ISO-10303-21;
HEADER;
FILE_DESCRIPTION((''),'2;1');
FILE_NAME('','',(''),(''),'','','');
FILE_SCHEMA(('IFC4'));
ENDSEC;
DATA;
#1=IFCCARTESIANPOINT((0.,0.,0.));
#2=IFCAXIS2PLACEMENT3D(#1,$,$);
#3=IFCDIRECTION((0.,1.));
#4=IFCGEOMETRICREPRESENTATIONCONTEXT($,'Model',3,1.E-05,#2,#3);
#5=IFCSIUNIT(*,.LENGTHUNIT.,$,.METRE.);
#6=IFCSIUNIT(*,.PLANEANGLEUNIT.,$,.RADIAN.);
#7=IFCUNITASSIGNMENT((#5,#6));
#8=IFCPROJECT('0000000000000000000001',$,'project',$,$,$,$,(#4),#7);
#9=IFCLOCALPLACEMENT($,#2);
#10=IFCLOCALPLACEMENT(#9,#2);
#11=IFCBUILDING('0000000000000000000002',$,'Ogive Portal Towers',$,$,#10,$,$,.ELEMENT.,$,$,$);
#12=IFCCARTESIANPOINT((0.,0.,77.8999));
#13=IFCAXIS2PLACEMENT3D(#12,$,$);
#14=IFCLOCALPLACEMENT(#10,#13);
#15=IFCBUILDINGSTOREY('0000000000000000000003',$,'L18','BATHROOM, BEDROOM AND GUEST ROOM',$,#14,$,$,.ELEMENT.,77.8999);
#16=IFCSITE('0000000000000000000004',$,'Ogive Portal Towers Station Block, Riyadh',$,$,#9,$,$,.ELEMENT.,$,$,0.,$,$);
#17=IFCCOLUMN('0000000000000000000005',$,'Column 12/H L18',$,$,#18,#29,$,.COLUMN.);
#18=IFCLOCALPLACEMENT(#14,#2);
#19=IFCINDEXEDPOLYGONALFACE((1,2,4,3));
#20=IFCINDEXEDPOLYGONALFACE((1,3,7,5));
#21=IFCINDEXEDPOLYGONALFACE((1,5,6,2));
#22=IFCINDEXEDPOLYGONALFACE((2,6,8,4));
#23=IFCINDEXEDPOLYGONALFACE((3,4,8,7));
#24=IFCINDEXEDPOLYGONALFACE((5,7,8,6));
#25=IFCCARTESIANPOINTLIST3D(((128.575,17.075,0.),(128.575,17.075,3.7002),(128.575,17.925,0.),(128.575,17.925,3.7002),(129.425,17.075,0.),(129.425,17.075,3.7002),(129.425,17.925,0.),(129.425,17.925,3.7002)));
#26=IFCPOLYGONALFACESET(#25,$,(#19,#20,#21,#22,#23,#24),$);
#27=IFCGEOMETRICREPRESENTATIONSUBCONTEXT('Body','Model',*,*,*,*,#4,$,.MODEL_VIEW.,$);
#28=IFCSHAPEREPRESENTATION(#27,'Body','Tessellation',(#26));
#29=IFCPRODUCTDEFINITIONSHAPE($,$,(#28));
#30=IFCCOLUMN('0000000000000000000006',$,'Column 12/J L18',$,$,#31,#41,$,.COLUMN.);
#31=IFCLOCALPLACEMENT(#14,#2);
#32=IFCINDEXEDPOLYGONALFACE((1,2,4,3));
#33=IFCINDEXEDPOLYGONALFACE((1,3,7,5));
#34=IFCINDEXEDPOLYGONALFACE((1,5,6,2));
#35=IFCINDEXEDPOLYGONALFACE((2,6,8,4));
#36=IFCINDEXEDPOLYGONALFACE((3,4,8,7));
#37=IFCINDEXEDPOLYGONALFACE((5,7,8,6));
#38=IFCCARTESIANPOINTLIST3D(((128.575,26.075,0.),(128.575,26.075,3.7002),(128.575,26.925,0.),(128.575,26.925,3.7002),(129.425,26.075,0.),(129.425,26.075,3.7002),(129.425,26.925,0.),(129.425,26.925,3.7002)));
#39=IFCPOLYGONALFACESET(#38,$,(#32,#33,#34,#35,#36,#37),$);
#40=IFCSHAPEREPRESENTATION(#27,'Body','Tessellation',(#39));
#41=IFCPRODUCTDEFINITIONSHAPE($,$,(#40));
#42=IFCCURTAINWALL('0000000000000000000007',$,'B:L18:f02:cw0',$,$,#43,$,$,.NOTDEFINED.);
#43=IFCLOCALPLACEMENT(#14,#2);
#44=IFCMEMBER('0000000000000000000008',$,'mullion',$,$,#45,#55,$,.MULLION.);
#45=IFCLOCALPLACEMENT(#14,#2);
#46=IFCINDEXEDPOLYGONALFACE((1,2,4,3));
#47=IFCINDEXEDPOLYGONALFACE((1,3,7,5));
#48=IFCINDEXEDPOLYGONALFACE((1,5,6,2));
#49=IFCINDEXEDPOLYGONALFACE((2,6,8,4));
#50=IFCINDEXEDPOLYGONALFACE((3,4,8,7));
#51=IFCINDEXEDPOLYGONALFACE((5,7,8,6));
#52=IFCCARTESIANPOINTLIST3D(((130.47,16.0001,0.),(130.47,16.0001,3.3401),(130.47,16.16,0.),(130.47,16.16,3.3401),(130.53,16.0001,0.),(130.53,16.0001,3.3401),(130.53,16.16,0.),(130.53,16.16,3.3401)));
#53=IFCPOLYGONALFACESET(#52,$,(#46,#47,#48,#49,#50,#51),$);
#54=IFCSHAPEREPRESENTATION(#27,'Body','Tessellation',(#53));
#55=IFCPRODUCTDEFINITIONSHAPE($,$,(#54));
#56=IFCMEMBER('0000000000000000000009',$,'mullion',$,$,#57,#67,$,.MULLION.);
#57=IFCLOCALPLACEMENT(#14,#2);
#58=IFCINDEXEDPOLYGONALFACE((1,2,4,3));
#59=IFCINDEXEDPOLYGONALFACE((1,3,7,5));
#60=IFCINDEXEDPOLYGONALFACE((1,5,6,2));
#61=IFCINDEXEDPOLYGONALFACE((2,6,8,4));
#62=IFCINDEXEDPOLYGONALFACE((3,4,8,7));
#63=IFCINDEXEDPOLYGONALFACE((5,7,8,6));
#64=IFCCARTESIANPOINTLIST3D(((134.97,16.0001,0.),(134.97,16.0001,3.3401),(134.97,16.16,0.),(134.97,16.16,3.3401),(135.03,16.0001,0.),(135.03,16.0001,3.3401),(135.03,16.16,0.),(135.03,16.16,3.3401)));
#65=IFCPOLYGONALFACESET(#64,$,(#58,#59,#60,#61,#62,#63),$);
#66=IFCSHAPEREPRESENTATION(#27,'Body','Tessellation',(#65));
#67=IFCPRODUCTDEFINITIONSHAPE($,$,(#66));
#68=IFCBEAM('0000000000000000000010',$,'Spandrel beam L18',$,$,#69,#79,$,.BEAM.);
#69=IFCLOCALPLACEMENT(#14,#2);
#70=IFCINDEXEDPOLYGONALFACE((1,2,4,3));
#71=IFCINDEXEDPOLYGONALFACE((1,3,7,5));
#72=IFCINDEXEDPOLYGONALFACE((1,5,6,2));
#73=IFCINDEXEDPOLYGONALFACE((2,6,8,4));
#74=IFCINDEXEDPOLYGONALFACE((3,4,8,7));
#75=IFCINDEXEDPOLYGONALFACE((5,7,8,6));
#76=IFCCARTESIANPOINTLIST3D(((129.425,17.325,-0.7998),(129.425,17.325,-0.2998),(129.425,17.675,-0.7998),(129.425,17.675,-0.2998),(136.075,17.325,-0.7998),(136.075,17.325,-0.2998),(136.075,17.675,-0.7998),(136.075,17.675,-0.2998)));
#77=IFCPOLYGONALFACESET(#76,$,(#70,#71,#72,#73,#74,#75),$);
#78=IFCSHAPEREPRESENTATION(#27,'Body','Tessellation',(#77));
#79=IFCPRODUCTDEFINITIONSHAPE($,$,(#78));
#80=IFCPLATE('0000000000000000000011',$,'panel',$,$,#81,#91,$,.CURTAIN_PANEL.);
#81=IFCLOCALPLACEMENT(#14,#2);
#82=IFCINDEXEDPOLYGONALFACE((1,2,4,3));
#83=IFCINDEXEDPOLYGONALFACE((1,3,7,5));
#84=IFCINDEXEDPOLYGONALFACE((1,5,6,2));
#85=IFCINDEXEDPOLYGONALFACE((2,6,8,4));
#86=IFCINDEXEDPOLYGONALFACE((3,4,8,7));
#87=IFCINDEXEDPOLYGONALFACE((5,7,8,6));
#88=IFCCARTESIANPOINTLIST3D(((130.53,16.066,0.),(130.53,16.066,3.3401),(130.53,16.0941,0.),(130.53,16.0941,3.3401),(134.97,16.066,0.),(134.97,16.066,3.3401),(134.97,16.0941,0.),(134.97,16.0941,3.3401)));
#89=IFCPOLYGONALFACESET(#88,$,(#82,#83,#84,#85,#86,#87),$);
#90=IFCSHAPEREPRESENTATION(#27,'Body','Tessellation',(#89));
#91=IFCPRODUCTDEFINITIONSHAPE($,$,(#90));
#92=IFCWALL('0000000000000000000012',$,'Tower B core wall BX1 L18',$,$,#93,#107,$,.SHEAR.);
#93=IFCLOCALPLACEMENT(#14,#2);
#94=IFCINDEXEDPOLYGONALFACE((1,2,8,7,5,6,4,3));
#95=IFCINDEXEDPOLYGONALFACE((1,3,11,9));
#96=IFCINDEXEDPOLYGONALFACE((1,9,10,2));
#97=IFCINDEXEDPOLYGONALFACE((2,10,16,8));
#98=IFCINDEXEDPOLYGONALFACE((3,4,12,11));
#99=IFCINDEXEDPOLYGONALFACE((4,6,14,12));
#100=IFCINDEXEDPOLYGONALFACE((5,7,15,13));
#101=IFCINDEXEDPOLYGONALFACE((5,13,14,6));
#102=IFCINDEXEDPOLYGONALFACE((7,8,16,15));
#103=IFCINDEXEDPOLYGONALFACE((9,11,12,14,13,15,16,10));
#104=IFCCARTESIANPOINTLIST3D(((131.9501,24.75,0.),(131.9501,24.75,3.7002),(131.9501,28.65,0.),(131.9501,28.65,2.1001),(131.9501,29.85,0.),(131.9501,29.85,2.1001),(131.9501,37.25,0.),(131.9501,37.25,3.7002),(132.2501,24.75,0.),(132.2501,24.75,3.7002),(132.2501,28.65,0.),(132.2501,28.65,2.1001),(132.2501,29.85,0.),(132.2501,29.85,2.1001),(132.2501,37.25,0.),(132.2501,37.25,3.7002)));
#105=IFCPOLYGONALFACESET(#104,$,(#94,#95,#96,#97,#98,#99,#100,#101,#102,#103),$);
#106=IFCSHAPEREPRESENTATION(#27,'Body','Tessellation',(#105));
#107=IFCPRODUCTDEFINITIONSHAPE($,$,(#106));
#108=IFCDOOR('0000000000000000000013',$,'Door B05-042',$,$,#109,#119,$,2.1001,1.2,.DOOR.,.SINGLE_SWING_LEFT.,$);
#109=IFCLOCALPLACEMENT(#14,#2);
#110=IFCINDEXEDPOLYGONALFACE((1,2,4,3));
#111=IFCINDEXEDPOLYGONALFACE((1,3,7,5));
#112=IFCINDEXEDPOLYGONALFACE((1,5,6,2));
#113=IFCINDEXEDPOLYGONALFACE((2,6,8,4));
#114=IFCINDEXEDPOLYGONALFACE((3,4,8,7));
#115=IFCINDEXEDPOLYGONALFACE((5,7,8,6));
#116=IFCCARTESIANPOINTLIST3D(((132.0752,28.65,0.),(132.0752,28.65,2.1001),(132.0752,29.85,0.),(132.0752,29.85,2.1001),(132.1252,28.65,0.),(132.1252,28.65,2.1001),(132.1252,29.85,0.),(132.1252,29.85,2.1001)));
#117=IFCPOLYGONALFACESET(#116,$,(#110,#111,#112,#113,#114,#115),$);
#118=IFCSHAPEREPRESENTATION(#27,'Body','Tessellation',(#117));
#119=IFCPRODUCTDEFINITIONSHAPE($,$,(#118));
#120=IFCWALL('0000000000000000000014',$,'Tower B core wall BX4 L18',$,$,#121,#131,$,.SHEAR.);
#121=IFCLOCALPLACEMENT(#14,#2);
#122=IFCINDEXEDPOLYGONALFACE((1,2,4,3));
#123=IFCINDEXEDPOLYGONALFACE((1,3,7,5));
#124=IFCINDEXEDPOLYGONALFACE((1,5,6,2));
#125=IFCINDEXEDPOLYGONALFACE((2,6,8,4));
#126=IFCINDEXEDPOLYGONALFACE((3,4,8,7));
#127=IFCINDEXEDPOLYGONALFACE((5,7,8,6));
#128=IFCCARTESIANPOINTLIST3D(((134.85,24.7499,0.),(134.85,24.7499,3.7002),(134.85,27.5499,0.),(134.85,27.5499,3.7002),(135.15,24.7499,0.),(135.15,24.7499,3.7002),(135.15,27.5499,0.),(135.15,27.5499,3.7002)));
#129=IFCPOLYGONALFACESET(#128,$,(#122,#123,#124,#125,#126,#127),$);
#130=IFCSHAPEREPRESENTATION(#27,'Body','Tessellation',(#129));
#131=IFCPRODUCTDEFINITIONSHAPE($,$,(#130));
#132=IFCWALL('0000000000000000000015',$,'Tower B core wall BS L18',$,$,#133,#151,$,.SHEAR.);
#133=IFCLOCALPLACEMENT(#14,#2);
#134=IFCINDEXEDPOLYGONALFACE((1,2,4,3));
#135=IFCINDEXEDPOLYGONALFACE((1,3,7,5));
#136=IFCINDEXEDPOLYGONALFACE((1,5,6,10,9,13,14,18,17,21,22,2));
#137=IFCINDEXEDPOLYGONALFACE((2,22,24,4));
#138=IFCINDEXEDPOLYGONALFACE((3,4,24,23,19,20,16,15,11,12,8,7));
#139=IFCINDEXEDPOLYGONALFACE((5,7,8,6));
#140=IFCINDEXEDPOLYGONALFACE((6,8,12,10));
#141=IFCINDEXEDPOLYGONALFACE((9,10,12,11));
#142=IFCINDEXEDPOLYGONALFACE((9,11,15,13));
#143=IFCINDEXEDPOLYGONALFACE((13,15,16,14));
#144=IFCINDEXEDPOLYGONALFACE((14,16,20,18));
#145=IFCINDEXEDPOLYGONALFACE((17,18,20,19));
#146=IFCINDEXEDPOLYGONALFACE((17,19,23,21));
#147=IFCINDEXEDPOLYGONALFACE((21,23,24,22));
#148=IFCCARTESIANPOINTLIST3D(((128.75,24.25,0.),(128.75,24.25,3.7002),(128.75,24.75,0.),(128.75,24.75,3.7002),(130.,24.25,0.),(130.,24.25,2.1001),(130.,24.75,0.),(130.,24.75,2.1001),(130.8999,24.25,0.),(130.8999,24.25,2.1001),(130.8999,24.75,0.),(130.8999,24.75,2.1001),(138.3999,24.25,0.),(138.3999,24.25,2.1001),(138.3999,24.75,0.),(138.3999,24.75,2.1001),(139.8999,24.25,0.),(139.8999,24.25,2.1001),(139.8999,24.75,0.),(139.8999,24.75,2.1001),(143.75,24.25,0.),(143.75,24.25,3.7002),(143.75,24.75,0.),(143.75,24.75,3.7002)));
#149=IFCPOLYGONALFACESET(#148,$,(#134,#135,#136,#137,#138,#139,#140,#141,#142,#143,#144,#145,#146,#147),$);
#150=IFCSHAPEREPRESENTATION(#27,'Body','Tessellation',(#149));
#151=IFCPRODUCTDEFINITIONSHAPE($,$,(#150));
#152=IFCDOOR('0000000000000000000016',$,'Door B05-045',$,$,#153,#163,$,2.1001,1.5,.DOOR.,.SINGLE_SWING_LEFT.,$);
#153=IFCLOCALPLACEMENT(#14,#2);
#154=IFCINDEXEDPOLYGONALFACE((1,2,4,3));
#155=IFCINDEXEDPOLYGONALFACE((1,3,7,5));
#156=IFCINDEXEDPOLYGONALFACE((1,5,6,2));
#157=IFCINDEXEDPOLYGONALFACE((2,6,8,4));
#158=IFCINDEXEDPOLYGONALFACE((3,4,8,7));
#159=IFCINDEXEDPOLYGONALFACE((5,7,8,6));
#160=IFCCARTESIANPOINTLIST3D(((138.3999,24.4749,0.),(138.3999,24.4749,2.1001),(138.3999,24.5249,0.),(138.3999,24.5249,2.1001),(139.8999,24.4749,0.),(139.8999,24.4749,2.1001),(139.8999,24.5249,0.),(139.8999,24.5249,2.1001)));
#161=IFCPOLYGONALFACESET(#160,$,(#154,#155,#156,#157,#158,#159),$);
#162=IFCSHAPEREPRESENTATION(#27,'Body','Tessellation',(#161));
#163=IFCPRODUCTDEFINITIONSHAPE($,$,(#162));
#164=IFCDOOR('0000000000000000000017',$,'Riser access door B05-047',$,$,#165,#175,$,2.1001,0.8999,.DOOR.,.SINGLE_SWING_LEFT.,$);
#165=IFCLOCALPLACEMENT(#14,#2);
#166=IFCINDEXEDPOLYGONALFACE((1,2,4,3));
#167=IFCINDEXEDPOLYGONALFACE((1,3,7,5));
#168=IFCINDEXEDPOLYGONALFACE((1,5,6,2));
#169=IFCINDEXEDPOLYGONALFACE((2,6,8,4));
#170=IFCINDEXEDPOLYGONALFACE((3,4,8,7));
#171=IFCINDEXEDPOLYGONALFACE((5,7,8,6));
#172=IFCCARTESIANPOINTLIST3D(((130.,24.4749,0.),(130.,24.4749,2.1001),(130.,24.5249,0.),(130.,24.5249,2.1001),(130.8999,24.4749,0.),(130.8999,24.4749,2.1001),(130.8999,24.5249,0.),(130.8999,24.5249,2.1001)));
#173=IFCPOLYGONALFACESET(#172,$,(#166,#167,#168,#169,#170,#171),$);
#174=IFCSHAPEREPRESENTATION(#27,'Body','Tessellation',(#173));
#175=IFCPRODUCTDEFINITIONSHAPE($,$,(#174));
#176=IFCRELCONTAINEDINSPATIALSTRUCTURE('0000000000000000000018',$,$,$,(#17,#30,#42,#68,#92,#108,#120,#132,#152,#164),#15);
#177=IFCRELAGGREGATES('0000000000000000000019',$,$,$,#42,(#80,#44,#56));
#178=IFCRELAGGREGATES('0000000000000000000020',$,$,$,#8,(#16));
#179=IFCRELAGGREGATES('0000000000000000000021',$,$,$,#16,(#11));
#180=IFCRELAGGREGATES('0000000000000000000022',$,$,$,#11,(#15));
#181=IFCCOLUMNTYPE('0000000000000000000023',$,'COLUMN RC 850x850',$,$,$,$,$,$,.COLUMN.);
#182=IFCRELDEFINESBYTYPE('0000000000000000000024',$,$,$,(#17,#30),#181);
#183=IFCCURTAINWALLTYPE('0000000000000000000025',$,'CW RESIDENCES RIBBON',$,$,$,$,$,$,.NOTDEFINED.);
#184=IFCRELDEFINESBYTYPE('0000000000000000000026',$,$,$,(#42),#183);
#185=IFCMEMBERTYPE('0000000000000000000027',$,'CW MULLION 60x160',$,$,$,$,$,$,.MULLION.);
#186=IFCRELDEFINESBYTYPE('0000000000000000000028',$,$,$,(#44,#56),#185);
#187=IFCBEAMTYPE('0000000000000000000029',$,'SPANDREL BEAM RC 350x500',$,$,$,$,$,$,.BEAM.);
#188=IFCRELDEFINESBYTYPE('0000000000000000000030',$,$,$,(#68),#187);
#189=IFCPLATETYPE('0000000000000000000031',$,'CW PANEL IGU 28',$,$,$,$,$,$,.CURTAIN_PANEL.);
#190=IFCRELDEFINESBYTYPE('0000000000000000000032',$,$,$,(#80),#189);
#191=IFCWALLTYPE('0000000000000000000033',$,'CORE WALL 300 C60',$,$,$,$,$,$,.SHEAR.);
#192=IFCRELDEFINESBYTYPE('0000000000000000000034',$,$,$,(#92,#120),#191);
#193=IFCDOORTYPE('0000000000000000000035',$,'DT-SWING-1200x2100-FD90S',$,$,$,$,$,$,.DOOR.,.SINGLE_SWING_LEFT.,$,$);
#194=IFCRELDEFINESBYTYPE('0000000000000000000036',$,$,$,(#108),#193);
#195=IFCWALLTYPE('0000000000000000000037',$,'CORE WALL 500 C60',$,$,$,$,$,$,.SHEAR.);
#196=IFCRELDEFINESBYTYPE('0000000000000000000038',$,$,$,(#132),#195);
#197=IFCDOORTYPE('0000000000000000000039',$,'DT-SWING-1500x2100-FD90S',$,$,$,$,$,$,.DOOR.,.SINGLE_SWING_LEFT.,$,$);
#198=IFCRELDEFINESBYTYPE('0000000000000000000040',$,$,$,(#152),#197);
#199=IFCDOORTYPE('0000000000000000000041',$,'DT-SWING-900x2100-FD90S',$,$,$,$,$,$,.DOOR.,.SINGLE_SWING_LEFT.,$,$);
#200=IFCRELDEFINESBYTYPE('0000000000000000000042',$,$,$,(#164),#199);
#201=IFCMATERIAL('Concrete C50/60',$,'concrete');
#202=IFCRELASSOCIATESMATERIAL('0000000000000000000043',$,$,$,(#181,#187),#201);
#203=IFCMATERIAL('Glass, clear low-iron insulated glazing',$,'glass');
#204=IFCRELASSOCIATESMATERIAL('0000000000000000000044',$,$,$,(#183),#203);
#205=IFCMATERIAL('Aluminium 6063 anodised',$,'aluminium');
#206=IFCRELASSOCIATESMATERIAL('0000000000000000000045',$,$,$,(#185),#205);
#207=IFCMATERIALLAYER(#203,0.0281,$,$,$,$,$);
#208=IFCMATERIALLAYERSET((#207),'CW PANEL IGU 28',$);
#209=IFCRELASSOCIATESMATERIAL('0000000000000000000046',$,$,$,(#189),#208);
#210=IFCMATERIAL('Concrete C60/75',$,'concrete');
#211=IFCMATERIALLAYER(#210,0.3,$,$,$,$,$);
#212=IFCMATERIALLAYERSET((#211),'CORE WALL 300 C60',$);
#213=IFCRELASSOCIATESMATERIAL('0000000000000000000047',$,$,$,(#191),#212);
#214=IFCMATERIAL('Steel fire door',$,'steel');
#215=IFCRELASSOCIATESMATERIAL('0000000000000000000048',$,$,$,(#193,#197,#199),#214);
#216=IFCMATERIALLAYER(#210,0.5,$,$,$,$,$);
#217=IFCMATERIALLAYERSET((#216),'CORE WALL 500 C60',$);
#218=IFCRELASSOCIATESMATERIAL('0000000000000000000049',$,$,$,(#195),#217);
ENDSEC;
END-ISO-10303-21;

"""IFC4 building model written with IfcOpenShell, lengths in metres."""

from ifc_helpers import new_model, si_unit, direction, frame, frame_2d, origin, origin_2d, place, context, subcontext, project, spatial, rectangle, extrude, material, layer, layer_set, material_profile, profile_set, type_object, element, fill, aggregate, save


model = new_model("IFC4")

# Units and contexts
model_context = context("Model", 3, precision=1e-05, world=origin(), true_north=direction((0.0, 1.0)))
body_context = subcontext(model_context, "Body", "Model", "MODEL_VIEW")
ifc_project = project(units=[si_unit("LENGTHUNIT", "METRE"), si_unit("PLANEANGLEUNIT", "RADIAN")], contexts=[model_context])

# Site, building, storey
site_placement = place(None, origin())
site = spatial("IfcSite", under=ifc_project, at=site_placement, Name="Ogive Portal Towers Station Block, Riyadh", CompositionType="ELEMENT", RefElevation=0.0)
building_placement = place(site_placement, origin())
building = spatial("IfcBuilding", under=site, at=building_placement, Name="Ogive Portal Towers", CompositionType="ELEMENT")
storey_placement = place(building_placement, frame((0.0, 0.0, 77.8999)))
storey = spatial("IfcBuildingStorey", under=building, at=storey_placement, Name="L18", Description="BATHROOM, BEDROOM AND GUEST ROOM", CompositionType="ELEMENT", Elevation=77.8999)

# Columns
ifc_material_1 = material(Name="Concrete C50/60", Category="concrete")
ifc_material_profile_1 = material_profile(ifc_material_1, rectangle(XDim=0.8501, YDim=0.8501, at=origin_2d()), Name="RC 850x850")
ifc_profile_set_1 = profile_set([ifc_material_profile_1], Name="Concrete C50/60")
column_type = type_object("IfcColumnType", Name="COLUMN RC 850x850", PredefinedType="COLUMN", material=ifc_profile_set_1)
for number, where, z_axis, x_axis, name in (
    (1, (129.0, 17.5, 0.0), (0.0, 0.0, 1.0), (1.0, 0.0, 0.0), "Column 12/H L18"),
    (2, (129.0, 26.5, 0.0), (0.0, 0.0, 1.0), (1.0, 0.0, 0.0), "Column 12/J L18"),
):
    element("IfcColumn", number, at=place(storey_placement, frame(where, z_axis=z_axis, x_axis=x_axis)), inside=storey, type_object=column_type, Name=name, PredefinedType="COLUMN", context=body_context, shape_type="SweptSolid", body=[
        extrude(rectangle(XDim=0.8501, YDim=0.8501, at=origin_2d()), origin(), (0.0, 0.0, 1.0), 3.7002),
    ])

# Curtain wall, members
ifc_material_2 = material(Name="Glass, clear low-iron insulated glazing", Category="glass")
curtain_wall_type = type_object("IfcCurtainWallType", Name="CW RESIDENCES RIBBON", PredefinedType="NOTDEFINED", material=ifc_material_2)
curtain_wall_placement = place(storey_placement, origin())
curtain_wall = element("IfcCurtainWall", 3, at=curtain_wall_placement, inside=storey, type_object=curtain_wall_type, Name="B:L18:f02:cw0", PredefinedType="NOTDEFINED")
ifc_material_3 = material(Name="Aluminium 6063 anodised", Category="aluminium")
ifc_material_profile_2 = material_profile(ifc_material_3, rectangle(XDim=0.1599, YDim=0.0601, at=origin_2d()), Name="AL 60x160")
ifc_profile_set_2 = profile_set([ifc_material_profile_2], Name="Aluminium 6063 anodised")
member_type = type_object("IfcMemberType", Name="CW MULLION 60x160", PredefinedType="MULLION", material=ifc_profile_set_2)
member_1_placement = place(storey_placement, frame((130.5, 16.0801, 0.0), z_axis=(0.0, 0.0, 1.0), x_axis=(0.0, 1.0, 0.0)))
member_1 = element("IfcMember", 4, at=member_1_placement, type_object=member_type, Name="mullion", PredefinedType="MULLION", context=body_context, shape_type="SweptSolid", body=[
    extrude(rectangle(XDim=0.1599, YDim=0.0601, at=origin_2d()), origin(), (0.0, 0.0, 1.0), 3.3401),
])
member_2_placement = place(storey_placement, frame((135.0, 16.0801, 0.0), z_axis=(0.0, 0.0, 1.0), x_axis=(0.0, 1.0, 0.0)))
member_2 = element("IfcMember", 5, at=member_2_placement, type_object=member_type, Name="mullion", PredefinedType="MULLION", context=body_context, shape_type="SweptSolid", body=[
    extrude(rectangle(XDim=0.1599, YDim=0.0601, at=origin_2d()), origin(), (0.0, 0.0, 1.0), 3.3401),
])

# Beam
ifc_material_profile_3 = material_profile(ifc_material_1, rectangle(XDim=0.3501, YDim=0.5, at=origin_2d()), Name="RC 350x500")
ifc_profile_set_3 = profile_set([ifc_material_profile_3], Name="Concrete C50/60")
beam_type = type_object("IfcBeamType", Name="SPANDREL BEAM RC 350x500", PredefinedType="BEAM", material=ifc_profile_set_3)
beam_placement = place(storey_placement, frame((129.425, 17.5, -0.5498), z_axis=(1.0, 0.0, 0.0), x_axis=(0.0, 1.0, 0.0)))
element("IfcBeam", 6, at=beam_placement, inside=storey, type_object=beam_type, Name="Spandrel beam L18", PredefinedType="BEAM", context=body_context, shape_type="SweptSolid", body=[
    extrude(rectangle(XDim=0.3501, YDim=0.5, at=origin_2d()), origin(), (0.0, 0.0, 1.0), 6.6499),
])

# Plate
ifc_layer_1 = layer(ifc_material_2, 0.0281)
ifc_layer_set_1 = layer_set([ifc_layer_1], Name="CW PANEL IGU 28")
plate_type = type_object("IfcPlateType", Name="CW PANEL IGU 28", PredefinedType="CURTAIN_PANEL", material=ifc_layer_set_1)
plate_placement = place(storey_placement, frame((132.75, 16.0801, 0.0), z_axis=(0.0, 0.0, 1.0), x_axis=(1.0, 0.0, 0.0)))
plate = element("IfcPlate", 7, at=plate_placement, type_object=plate_type, Name="panel", PredefinedType="CURTAIN_PANEL", context=body_context, shape_type="SweptSolid", body=[
    extrude(rectangle(XDim=4.4399, YDim=0.0281, at=origin_2d()), origin(), (0.0, 0.0, 1.0), 3.3401),
])
aggregate(curtain_wall, [plate, member_1, member_2])

# Wall, opening, door
ifc_material_4 = material(Name="Concrete C60/75", Category="concrete")
ifc_layer_2 = layer(ifc_material_4, 0.3)
ifc_layer_set_2 = layer_set([ifc_layer_2], Name="CORE WALL 300 C60")
wall_type_1 = type_object("IfcWallType", Name="CORE WALL 300 C60", PredefinedType="SHEAR", material=ifc_layer_set_2)
wall_1_placement = place(storey_placement, frame((132.1001, 24.75, 0.0), z_axis=(0.0, 0.0, 1.0), x_axis=(0.0, 1.0, 0.0)))
wall_1 = element("IfcWall", 8, at=wall_1_placement, inside=storey, type_object=wall_type_1, Name="Tower B core wall BX1 L18", PredefinedType="SHEAR", context=body_context, shape_type="SweptSolid", body=[
    extrude(rectangle(XDim=12.5, YDim=0.3, at=frame_2d((6.25, 0.0))), origin(), (0.0, 0.0, 1.0), 3.7002),
])
opening_1_placement = place(wall_1_placement, frame((3.8999, 0.0, 0.0)))
opening_1 = element("IfcOpeningElement", 9, at=opening_1_placement, cuts=wall_1, PredefinedType="OPENING", context=body_context, shape_type="SweptSolid", body=[
    extrude(rectangle(XDim=1.2, YDim=2.1001, at=frame_2d((0.6001, 1.05))), frame((0.0, 0.1602, 0.0), z_axis=(0.0, -1.0, 0.0), x_axis=(1.0, 0.0, 0.0)), (0.0, 0.0, 1.0), 0.3201),
])
ifc_material_5 = material(Name="Steel fire door", Category="steel")
door_type_1 = type_object("IfcDoorType", Name="DT-SWING-1200x2100-FD90S", OperationType="SINGLE_SWING_LEFT", PredefinedType="DOOR", material=ifc_material_5)
door_1_placement = place(opening_1_placement, origin())
door_1 = element("IfcDoor", 10, at=door_1_placement, inside=storey, type_object=door_type_1, Name="Door B05-042", OperationType="SINGLE_SWING_LEFT", OverallHeight=2.1001, OverallWidth=1.2, PredefinedType="DOOR", context=body_context, shape_type="SweptSolid", body=[
    extrude(rectangle(XDim=1.2, YDim=2.1001, at=frame_2d((0.6001, 1.05))), frame((0.0, 0.0249, 0.0), z_axis=(0.0, -1.0, 0.0), x_axis=(1.0, 0.0, 0.0)), (0.0, 0.0, 1.0), 0.05),
])
fill(opening_1, door_1)

# Wall
wall_2_placement = place(storey_placement, frame((135.0, 24.75, 0.0), z_axis=(0.0, 0.0, 1.0), x_axis=(0.0, 1.0, 0.0)))
element("IfcWall", 11, at=wall_2_placement, inside=storey, type_object=wall_type_1, Name="Tower B core wall BX4 L18", PredefinedType="SHEAR", context=body_context, shape_type="SweptSolid", body=[
    extrude(rectangle(XDim=2.8, YDim=0.3, at=frame_2d((1.3999, 0.0))), origin(), (0.0, 0.0, 1.0), 3.7002),
])

# Wall, openings, doors
ifc_layer_3 = layer(ifc_material_4, 0.5)
ifc_layer_set_3 = layer_set([ifc_layer_3], Name="CORE WALL 500 C60")
wall_type_2 = type_object("IfcWallType", Name="CORE WALL 500 C60", PredefinedType="SHEAR", material=ifc_layer_set_3)
wall_3_placement = place(storey_placement, frame((128.75, 24.5, 0.0), z_axis=(0.0, 0.0, 1.0), x_axis=(1.0, 0.0, 0.0)))
wall_3 = element("IfcWall", 12, at=wall_3_placement, inside=storey, type_object=wall_type_2, Name="Tower B core wall BS L18", PredefinedType="SHEAR", context=body_context, shape_type="SweptSolid", body=[
    extrude(rectangle(XDim=15.0, YDim=0.5, at=frame_2d((7.5, 0.0))), origin(), (0.0, 0.0, 1.0), 3.7002),
])
opening_2_placement = place(wall_3_placement, frame((9.6499, 0.0, 0.0)))
opening_2 = element("IfcOpeningElement", 13, at=opening_2_placement, cuts=wall_3, PredefinedType="OPENING", context=body_context, shape_type="SweptSolid", body=[
    extrude(rectangle(XDim=1.5, YDim=2.1001, at=frame_2d((0.75, 1.05))), frame((0.0, 0.26, 0.0), z_axis=(0.0, -1.0, 0.0), x_axis=(1.0, 0.0, 0.0)), (0.0, 0.0, 1.0), 0.52),
])
opening_3_placement = place(wall_3_placement, frame((1.25, 0.0, 0.0)))
opening_3 = element("IfcOpeningElement", 14, at=opening_3_placement, cuts=wall_3, PredefinedType="OPENING", context=body_context, shape_type="SweptSolid", body=[
    extrude(rectangle(XDim=0.8999, YDim=2.1001, at=frame_2d((0.45, 1.05))), frame((0.0, 0.26, 0.0), z_axis=(0.0, -1.0, 0.0), x_axis=(1.0, 0.0, 0.0)), (0.0, 0.0, 1.0), 0.52),
])
door_type_2 = type_object("IfcDoorType", Name="DT-SWING-1500x2100-FD90S", OperationType="SINGLE_SWING_LEFT", PredefinedType="DOOR", material=ifc_material_5)
door_2_placement = place(opening_2_placement, origin())
door_2 = element("IfcDoor", 15, at=door_2_placement, inside=storey, type_object=door_type_2, Name="Door B05-045", OperationType="SINGLE_SWING_LEFT", OverallHeight=2.1001, OverallWidth=1.5, PredefinedType="DOOR", context=body_context, shape_type="SweptSolid", body=[
    extrude(rectangle(XDim=1.5, YDim=2.1001, at=frame_2d((0.75, 1.05))), frame((0.0, 0.0249, 0.0), z_axis=(0.0, -1.0, 0.0), x_axis=(1.0, 0.0, 0.0)), (0.0, 0.0, 1.0), 0.05),
])
fill(opening_2, door_2)
door_type_3 = type_object("IfcDoorType", Name="DT-SWING-900x2100-FD90S", OperationType="SINGLE_SWING_LEFT", PredefinedType="DOOR", material=ifc_material_5)
door_3_placement = place(opening_3_placement, origin())
door_3 = element("IfcDoor", 16, at=door_3_placement, inside=storey, type_object=door_type_3, Name="Riser access door B05-047", OperationType="SINGLE_SWING_LEFT", OverallHeight=2.1001, OverallWidth=0.8999, PredefinedType="DOOR", context=body_context, shape_type="SweptSolid", body=[
    extrude(rectangle(XDim=0.8999, YDim=2.1001, at=frame_2d((0.45, 1.05))), frame((0.0, 0.0249, 0.0), z_axis=(0.0, -1.0, 0.0), x_axis=(1.0, 0.0, 0.0)), (0.0, 0.0, 1.0), 0.05),
])
fill(opening_3, door_3)

save(model, "model.ifc")
